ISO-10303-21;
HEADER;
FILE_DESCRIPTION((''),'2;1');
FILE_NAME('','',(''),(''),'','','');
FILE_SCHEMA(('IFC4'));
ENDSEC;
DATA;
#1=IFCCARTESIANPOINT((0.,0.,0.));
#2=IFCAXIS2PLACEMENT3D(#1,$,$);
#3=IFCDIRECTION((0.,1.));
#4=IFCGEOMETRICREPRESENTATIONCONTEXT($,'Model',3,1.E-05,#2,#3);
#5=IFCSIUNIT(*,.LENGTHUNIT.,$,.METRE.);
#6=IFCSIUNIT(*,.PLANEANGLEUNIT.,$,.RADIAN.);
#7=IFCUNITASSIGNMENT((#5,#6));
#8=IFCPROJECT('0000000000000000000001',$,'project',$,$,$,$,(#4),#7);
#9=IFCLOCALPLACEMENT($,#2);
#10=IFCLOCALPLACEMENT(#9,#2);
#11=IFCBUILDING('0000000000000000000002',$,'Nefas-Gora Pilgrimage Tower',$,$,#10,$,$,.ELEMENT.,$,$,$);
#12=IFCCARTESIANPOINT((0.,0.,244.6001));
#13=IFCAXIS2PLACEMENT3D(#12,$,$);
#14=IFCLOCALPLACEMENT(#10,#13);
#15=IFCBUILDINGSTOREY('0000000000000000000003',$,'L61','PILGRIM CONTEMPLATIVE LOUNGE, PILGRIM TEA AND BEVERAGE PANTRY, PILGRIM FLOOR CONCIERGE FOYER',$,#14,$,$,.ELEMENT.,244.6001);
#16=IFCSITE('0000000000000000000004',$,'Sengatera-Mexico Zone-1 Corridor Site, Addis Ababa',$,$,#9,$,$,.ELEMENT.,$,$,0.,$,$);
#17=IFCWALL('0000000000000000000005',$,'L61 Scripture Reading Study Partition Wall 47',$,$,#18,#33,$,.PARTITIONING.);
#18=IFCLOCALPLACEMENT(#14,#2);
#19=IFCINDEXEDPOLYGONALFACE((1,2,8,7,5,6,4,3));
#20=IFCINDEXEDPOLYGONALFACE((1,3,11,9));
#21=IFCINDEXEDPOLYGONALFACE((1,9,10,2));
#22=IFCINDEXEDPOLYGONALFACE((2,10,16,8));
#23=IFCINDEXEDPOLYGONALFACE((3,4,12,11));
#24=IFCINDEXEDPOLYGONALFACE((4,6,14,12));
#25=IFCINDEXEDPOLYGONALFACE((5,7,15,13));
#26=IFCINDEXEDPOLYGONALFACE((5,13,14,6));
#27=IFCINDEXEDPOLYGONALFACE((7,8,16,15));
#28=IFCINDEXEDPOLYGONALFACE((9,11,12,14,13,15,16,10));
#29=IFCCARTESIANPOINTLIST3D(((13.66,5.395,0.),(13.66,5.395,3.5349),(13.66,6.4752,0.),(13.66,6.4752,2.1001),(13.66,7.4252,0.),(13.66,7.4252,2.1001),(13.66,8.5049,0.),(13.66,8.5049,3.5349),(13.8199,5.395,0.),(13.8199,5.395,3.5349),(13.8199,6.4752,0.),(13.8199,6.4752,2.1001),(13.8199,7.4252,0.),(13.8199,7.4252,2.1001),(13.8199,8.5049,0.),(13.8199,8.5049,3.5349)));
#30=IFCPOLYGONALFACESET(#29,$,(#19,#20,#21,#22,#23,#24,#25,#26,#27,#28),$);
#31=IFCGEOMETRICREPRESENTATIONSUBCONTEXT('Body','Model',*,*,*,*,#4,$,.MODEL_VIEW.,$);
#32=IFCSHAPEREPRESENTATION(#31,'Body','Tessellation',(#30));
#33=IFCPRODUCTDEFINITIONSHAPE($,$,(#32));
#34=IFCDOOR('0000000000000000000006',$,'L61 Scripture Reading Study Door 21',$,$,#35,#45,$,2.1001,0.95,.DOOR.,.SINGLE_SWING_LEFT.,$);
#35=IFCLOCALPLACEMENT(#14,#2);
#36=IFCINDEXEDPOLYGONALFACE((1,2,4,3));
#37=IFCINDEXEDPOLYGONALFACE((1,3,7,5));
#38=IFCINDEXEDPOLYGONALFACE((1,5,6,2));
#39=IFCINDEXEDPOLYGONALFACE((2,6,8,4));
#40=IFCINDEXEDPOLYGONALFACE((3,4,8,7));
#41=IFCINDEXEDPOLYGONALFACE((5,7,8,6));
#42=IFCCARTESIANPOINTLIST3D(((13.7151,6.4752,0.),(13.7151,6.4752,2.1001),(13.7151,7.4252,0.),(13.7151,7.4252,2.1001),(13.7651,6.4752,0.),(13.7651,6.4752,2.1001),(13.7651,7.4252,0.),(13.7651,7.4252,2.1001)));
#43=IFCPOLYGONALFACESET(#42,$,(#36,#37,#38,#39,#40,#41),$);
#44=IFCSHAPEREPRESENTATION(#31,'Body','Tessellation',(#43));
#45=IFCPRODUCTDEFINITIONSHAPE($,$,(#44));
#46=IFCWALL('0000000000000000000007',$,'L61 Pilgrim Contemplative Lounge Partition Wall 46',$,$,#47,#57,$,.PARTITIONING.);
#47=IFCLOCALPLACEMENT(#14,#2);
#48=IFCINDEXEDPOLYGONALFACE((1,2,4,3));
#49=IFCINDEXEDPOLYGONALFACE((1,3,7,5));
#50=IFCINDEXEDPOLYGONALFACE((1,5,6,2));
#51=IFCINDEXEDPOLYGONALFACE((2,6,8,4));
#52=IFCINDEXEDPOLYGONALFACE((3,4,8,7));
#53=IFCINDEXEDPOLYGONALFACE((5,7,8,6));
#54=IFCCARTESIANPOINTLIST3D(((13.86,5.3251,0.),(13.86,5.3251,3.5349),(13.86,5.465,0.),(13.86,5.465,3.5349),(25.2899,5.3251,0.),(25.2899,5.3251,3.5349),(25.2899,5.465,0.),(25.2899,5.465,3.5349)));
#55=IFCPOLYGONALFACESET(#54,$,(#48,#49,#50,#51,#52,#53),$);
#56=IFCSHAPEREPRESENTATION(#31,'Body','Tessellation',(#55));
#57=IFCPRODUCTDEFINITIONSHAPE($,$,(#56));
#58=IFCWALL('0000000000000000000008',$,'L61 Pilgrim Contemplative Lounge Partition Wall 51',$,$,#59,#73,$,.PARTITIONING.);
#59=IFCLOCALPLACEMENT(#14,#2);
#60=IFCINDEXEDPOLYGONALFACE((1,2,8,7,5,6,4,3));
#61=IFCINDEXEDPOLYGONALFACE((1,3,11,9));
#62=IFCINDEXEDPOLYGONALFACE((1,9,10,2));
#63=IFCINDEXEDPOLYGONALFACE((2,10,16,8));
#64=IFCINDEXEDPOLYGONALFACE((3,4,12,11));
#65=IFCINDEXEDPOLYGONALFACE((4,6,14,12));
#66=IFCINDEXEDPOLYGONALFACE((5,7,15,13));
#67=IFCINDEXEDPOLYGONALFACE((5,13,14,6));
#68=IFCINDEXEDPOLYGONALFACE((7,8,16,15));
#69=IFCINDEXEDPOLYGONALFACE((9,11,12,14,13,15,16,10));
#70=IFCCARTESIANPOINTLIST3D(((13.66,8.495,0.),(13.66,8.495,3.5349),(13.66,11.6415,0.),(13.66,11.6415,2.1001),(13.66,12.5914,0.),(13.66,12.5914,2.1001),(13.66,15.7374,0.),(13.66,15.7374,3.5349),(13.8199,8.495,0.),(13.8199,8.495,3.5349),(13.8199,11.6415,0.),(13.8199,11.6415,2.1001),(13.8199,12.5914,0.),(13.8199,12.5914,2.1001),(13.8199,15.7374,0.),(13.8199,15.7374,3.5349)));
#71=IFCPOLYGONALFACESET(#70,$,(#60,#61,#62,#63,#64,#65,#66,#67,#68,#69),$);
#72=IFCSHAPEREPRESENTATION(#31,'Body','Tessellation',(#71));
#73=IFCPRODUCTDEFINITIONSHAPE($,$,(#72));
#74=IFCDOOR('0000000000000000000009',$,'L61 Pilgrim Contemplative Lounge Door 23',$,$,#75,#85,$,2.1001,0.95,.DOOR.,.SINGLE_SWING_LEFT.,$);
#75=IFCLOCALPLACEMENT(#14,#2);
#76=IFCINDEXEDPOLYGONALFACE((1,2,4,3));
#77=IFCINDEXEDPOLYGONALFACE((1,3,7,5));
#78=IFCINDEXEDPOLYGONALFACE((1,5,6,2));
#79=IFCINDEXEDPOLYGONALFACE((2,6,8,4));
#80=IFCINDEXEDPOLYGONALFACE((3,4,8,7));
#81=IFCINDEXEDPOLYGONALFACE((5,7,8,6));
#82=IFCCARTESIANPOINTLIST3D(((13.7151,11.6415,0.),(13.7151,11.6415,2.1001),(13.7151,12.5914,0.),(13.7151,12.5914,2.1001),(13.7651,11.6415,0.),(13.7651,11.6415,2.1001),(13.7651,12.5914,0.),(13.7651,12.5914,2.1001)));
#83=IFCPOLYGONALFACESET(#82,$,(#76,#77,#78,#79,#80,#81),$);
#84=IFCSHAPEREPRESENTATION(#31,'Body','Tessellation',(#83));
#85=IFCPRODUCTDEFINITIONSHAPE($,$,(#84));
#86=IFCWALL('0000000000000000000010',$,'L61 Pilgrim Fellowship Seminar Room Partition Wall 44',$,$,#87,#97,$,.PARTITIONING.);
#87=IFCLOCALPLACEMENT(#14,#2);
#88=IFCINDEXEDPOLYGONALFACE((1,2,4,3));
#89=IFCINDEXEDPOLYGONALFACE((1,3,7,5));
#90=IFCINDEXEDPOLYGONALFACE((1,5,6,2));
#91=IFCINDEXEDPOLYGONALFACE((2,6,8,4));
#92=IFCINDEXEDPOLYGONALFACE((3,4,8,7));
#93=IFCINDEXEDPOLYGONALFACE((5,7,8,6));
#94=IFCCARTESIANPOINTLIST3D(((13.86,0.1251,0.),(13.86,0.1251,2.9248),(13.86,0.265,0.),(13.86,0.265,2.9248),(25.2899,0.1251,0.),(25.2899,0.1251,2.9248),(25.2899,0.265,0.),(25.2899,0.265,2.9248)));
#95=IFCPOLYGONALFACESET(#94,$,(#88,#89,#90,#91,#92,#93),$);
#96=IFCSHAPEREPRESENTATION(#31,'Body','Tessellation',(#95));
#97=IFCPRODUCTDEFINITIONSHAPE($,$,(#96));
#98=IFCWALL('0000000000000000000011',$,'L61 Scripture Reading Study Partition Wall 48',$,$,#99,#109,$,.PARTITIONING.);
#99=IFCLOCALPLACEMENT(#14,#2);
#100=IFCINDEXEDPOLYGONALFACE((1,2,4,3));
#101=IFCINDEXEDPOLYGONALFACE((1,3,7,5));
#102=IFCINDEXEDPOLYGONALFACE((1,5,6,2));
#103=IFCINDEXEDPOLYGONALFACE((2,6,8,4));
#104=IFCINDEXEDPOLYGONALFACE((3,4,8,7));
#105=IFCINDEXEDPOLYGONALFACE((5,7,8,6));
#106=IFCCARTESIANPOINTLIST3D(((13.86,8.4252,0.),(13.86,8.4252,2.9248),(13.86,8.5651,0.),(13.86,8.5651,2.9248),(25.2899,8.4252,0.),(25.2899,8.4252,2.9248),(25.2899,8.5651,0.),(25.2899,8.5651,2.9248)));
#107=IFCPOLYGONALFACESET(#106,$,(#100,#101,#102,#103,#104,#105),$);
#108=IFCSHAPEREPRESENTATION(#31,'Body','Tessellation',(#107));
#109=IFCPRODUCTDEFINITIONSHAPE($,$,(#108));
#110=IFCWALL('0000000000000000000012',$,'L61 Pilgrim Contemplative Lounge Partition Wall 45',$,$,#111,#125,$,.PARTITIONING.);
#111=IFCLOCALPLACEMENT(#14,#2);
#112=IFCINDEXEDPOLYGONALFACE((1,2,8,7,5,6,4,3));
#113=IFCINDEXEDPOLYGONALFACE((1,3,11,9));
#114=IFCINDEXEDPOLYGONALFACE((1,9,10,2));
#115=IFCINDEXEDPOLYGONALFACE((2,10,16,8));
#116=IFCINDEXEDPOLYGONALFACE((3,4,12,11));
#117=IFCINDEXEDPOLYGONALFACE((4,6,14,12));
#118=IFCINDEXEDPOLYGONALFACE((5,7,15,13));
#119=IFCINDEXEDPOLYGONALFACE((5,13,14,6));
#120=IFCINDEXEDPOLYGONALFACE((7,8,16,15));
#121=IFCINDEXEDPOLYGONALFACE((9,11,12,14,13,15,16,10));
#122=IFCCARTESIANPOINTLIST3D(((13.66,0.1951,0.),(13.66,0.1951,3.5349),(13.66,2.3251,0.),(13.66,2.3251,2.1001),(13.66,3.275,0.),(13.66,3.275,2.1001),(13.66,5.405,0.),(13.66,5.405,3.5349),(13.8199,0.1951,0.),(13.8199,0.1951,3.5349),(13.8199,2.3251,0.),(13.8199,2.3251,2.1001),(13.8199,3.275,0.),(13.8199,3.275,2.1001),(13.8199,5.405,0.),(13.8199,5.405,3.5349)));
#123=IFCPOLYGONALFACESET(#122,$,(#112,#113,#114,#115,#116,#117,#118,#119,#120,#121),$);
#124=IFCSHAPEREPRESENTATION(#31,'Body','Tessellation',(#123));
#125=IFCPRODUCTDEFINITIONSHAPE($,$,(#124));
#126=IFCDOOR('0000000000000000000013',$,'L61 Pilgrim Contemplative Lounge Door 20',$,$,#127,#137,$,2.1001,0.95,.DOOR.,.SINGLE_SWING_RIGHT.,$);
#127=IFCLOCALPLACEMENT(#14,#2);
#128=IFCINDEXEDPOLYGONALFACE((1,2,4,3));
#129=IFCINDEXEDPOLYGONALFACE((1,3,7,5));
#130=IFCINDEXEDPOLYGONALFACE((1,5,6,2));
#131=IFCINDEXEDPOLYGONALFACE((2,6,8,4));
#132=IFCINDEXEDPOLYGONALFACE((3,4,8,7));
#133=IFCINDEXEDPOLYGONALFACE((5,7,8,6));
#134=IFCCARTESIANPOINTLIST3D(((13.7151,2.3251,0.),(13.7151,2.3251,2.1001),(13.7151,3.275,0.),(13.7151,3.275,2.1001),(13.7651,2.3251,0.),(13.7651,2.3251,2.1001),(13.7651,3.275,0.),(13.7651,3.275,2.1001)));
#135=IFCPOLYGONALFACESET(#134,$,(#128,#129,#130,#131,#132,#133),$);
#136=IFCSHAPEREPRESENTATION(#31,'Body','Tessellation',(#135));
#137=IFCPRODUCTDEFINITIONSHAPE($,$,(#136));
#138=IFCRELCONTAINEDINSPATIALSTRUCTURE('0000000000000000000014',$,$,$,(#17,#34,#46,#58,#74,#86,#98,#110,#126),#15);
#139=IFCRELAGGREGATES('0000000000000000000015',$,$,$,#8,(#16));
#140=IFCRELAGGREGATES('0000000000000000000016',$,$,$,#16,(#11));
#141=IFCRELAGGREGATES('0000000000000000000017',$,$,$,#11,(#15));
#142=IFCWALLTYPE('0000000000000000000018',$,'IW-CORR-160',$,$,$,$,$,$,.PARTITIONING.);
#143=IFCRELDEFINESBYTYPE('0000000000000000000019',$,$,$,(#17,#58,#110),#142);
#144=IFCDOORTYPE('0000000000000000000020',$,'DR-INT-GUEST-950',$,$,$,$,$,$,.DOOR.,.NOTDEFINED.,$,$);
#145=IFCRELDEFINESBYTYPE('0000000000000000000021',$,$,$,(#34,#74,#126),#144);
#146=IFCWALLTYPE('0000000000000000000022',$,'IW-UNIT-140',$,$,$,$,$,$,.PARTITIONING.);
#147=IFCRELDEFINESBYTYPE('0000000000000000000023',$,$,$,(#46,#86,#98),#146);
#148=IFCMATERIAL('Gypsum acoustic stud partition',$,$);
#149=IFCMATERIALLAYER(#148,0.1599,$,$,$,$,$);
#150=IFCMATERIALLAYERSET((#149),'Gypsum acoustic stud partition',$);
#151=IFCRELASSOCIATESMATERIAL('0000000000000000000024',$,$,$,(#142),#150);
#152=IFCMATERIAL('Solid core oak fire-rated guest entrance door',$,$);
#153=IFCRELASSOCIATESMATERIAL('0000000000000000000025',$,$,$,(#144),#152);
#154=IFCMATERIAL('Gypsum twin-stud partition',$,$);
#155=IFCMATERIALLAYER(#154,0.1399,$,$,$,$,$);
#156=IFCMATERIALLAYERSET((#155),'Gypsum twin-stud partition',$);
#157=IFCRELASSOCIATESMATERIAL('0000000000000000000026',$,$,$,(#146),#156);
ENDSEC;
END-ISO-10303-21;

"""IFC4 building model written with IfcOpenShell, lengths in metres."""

from ifc_helpers import new_model, si_unit, direction, frame, frame_2d, origin, place, context, subcontext, project, spatial, rectangle, extrude, source, transform, mapped, material, layer, layer_set, type_object, element, fill, save


model = new_model("IFC4")

# Units and contexts
model_context = context("Model", 3, precision=1e-05, world=origin(), true_north=direction((0.0, 1.0)))
body_context = subcontext(model_context, "Body", "Model", "MODEL_VIEW")
ifc_project = project(units=[si_unit("LENGTHUNIT", "METRE"), si_unit("PLANEANGLEUNIT", "RADIAN")], contexts=[model_context])

# Site, building, storey
site_placement = place(None, origin())
site = spatial("IfcSite", under=ifc_project, at=site_placement, Name="Sengatera-Mexico Zone-1 Corridor Site, Addis Ababa", CompositionType="ELEMENT", RefElevation=0.0)
building_placement = place(site_placement, origin())
building = spatial("IfcBuilding", under=site, at=building_placement, Name="Nefas-Gora Pilgrimage Tower", CompositionType="ELEMENT")
storey_placement = place(building_placement, frame((0.0, 0.0, 244.6001)))
storey = spatial("IfcBuildingStorey", under=building, at=storey_placement, Name="L61", Description="PILGRIM CONTEMPLATIVE LOUNGE, PILGRIM TEA AND BEVERAGE PANTRY, PILGRIM FLOOR CONCIERGE FOYER", CompositionType="ELEMENT", Elevation=244.6001)

# Wall, opening, door
ifc_material_1 = material(Name="Gypsum acoustic stud partition")
ifc_layer_1 = layer(ifc_material_1, 0.1599)
ifc_layer_set_1 = layer_set([ifc_layer_1], Name="Gypsum acoustic stud partition")
wall_type_1 = type_object("IfcWallType", Name="IW-CORR-160", PredefinedType="PARTITIONING", material=ifc_layer_set_1)
shared_shape_1 = source(origin(), body_context, "Body", "SweptSolid", [
    extrude(rectangle(XDim=3.1099, YDim=0.1599, at=frame_2d((1.5549, 0.0))), origin(), (0.0, 0.0, 1.0), 3.5349),
])
wall_1_placement = place(storey_placement, frame((13.74, 5.395, 0.0), z_axis=(0.0, 0.0, 1.0), x_axis=(0.0, 1.0, 0.0)))
wall_1 = element("IfcWall", 1, at=wall_1_placement, inside=storey, type_object=wall_type_1, Name="L61 Scripture Reading Study Partition Wall 47", PredefinedType="PARTITIONING", context=body_context, shape_type="MappedRepresentation", body=[
    mapped(shared_shape_1, transform((0.0, 0.0, 0.0), x_axis=(1.0, 0.0, 0.0), y_axis=(0.0, 1.0, 0.0), z_axis=(0.0, 0.0, 1.0), scale=1.0)),
])
opening_1_placement = place(wall_1_placement, frame((1.0801, 0.0, 0.0)))
opening_1 = element("IfcOpeningElement", 2, at=opening_1_placement, cuts=wall_1, PredefinedType="OPENING", context=body_context, shape_type="SweptSolid", body=[
    extrude(rectangle(XDim=0.95, YDim=2.1001, at=frame_2d((0.4751, 1.05))), frame((0.0, 0.0898, 0.0), z_axis=(0.0, -1.0, 0.0), x_axis=(1.0, 0.0, 0.0)), (0.0, 0.0, 1.0), 0.1799),
])
ifc_material_2 = material(Name="Solid core oak fire-rated guest entrance door")
door_type = type_object("IfcDoorType", Name="DR-INT-GUEST-950", OperationType="NOTDEFINED", PredefinedType="DOOR", material=ifc_material_2)
shared_shape_2 = source(origin(), body_context, "Body", "SweptSolid", [
    extrude(rectangle(XDim=0.95, YDim=2.1001, at=frame_2d((0.4751, 1.05))), frame((0.0, 0.0249, 0.0), z_axis=(0.0, -1.0, 0.0), x_axis=(1.0, 0.0, 0.0)), (0.0, 0.0, 1.0), 0.05),
])
door_1_placement = place(opening_1_placement, origin())
door_1 = element("IfcDoor", 3, at=door_1_placement, inside=storey, type_object=door_type, Name="L61 Scripture Reading Study Door 21", OperationType="SINGLE_SWING_LEFT", OverallHeight=2.1001, OverallWidth=0.95, PredefinedType="DOOR", context=body_context, shape_type="MappedRepresentation", body=[
    mapped(shared_shape_2, transform((0.0, 0.0, 0.0), x_axis=(1.0, 0.0, 0.0), y_axis=(0.0, 1.0, 0.0), z_axis=(0.0, 0.0, 1.0), scale=1.0)),
])
fill(opening_1, door_1)

# Wall
ifc_material_3 = material(Name="Gypsum twin-stud partition")
ifc_layer_2 = layer(ifc_material_3, 0.1399)
ifc_layer_set_2 = layer_set([ifc_layer_2], Name="Gypsum twin-stud partition")
wall_type_2 = type_object("IfcWallType", Name="IW-UNIT-140", PredefinedType="PARTITIONING", material=ifc_layer_set_2)
shared_shape_3 = source(origin(), body_context, "Body", "SweptSolid", [
    extrude(rectangle(XDim=11.4299, YDim=0.1399, at=frame_2d((5.7148, 0.0))), origin(), (0.0, 0.0, 1.0), 3.5349),
])
wall_2_placement = place(storey_placement, frame((13.8601, 5.395, 0.0), z_axis=(0.0, 0.0, 1.0), x_axis=(1.0, 0.0, 0.0)))
element("IfcWall", 4, at=wall_2_placement, inside=storey, type_object=wall_type_2, Name="L61 Pilgrim Contemplative Lounge Partition Wall 46", PredefinedType="PARTITIONING", context=body_context, shape_type="MappedRepresentation", body=[
    mapped(shared_shape_3, transform((0.0, 0.0, 0.0), x_axis=(1.0, 0.0, 0.0), y_axis=(0.0, 1.0, 0.0), z_axis=(0.0, 0.0, 1.0), scale=1.0)),
])

# Wall, opening, door
shared_shape_4 = source(origin(), body_context, "Body", "SweptSolid", [
    extrude(rectangle(XDim=7.2424, YDim=0.1599, at=frame_2d((3.6211, 0.0))), origin(), (0.0, 0.0, 1.0), 3.5349),
])
wall_3_placement = place(storey_placement, frame((13.74, 8.4951, 0.0), z_axis=(0.0, 0.0, 1.0), x_axis=(0.0, 1.0, 0.0)))
wall_3 = element("IfcWall", 5, at=wall_3_placement, inside=storey, type_object=wall_type_1, Name="L61 Pilgrim Contemplative Lounge Partition Wall 51", PredefinedType="PARTITIONING", context=body_context, shape_type="MappedRepresentation", body=[
    mapped(shared_shape_4, transform((0.0, 0.0, 0.0), x_axis=(1.0, 0.0, 0.0), y_axis=(0.0, 1.0, 0.0), z_axis=(0.0, 0.0, 1.0), scale=1.0)),
])
opening_2_placement = place(wall_3_placement, frame((3.1462, 0.0, 0.0)))
opening_2 = element("IfcOpeningElement", 6, at=opening_2_placement, cuts=wall_3, PredefinedType="OPENING", context=body_context, shape_type="SweptSolid", body=[
    extrude(rectangle(XDim=0.95, YDim=2.1001, at=frame_2d((0.4751, 1.05))), frame((0.0, 0.0898, 0.0), z_axis=(0.0, -1.0, 0.0), x_axis=(1.0, 0.0, 0.0)), (0.0, 0.0, 1.0), 0.1799),
])
door_2_placement = place(opening_2_placement, origin())
door_2 = element("IfcDoor", 7, at=door_2_placement, inside=storey, type_object=door_type, Name="L61 Pilgrim Contemplative Lounge Door 23", OperationType="SINGLE_SWING_LEFT", OverallHeight=2.1001, OverallWidth=0.95, PredefinedType="DOOR", context=body_context, shape_type="MappedRepresentation", body=[
    mapped(shared_shape_2, transform((0.0, 0.0, 0.0), x_axis=(1.0, 0.0, 0.0), y_axis=(0.0, 1.0, 0.0), z_axis=(0.0, 0.0, 1.0), scale=1.0)),
])
fill(opening_2, door_2)

# Walls
shared_shape_5 = source(origin(), body_context, "Body", "SweptSolid", [
    extrude(rectangle(XDim=11.4299, YDim=0.1399, at=frame_2d((5.7148, 0.0))), origin(), (0.0, 0.0, 1.0), 2.9248),
])
for number, where, z_axis, x_axis, name in (
    (8, (13.8601, 0.1951, 0.0), (0.0, 0.0, 1.0), (1.0, 0.0, 0.0), "L61 Pilgrim Fellowship Seminar Room Partition Wall 44"),
    (9, (13.8601, 8.4951, 0.0), (0.0, 0.0, 1.0), (1.0, 0.0, 0.0), "L61 Scripture Reading Study Partition Wall 48"),
):
    element("IfcWall", number, at=place(storey_placement, frame(where, z_axis=z_axis, x_axis=x_axis)), inside=storey, type_object=wall_type_2, Name=name, PredefinedType="PARTITIONING", context=body_context, shape_type="MappedRepresentation", body=[
        mapped(shared_shape_5, transform((0.0, 0.0, 0.0), x_axis=(1.0, 0.0, 0.0), y_axis=(0.0, 1.0, 0.0), z_axis=(0.0, 0.0, 1.0), scale=1.0)),
    ])

# Wall, opening, door
shared_shape_6 = source(origin(), body_context, "Body", "SweptSolid", [
    extrude(rectangle(XDim=5.21, YDim=0.1599, at=frame_2d((2.605, 0.0))), origin(), (0.0, 0.0, 1.0), 3.5349),
])
wall_4_placement = place(storey_placement, frame((13.74, 0.1951, 0.0), z_axis=(0.0, 0.0, 1.0), x_axis=(0.0, 1.0, 0.0)))
wall_4 = element("IfcWall", 10, at=wall_4_placement, inside=storey, type_object=wall_type_1, Name="L61 Pilgrim Contemplative Lounge Partition Wall 45", PredefinedType="PARTITIONING", context=body_context, shape_type="MappedRepresentation", body=[
    mapped(shared_shape_6, transform((0.0, 0.0, 0.0), x_axis=(1.0, 0.0, 0.0), y_axis=(0.0, 1.0, 0.0), z_axis=(0.0, 0.0, 1.0), scale=1.0)),
])
opening_3_placement = place(wall_4_placement, frame((2.1299, 0.0, 0.0)))
opening_3 = element("IfcOpeningElement", 11, at=opening_3_placement, cuts=wall_4, PredefinedType="OPENING", context=body_context, shape_type="SweptSolid", body=[
    extrude(rectangle(XDim=0.95, YDim=2.1001, at=frame_2d((0.4751, 1.05))), frame((0.0, 0.0898, 0.0), z_axis=(0.0, -1.0, 0.0), x_axis=(1.0, 0.0, 0.0)), (0.0, 0.0, 1.0), 0.1799),
])
door_3_placement = place(opening_3_placement, origin())
door_3 = element("IfcDoor", 12, at=door_3_placement, inside=storey, type_object=door_type, Name="L61 Pilgrim Contemplative Lounge Door 20", OperationType="SINGLE_SWING_RIGHT", OverallHeight=2.1001, OverallWidth=0.95, PredefinedType="DOOR", context=body_context, shape_type="MappedRepresentation", body=[
    mapped(shared_shape_2, transform((0.0, 0.0, 0.0), x_axis=(1.0, 0.0, 0.0), y_axis=(0.0, 1.0, 0.0), z_axis=(0.0, 0.0, 1.0), scale=1.0)),
])
fill(opening_3, door_3)

save(model, "model.ifc")
